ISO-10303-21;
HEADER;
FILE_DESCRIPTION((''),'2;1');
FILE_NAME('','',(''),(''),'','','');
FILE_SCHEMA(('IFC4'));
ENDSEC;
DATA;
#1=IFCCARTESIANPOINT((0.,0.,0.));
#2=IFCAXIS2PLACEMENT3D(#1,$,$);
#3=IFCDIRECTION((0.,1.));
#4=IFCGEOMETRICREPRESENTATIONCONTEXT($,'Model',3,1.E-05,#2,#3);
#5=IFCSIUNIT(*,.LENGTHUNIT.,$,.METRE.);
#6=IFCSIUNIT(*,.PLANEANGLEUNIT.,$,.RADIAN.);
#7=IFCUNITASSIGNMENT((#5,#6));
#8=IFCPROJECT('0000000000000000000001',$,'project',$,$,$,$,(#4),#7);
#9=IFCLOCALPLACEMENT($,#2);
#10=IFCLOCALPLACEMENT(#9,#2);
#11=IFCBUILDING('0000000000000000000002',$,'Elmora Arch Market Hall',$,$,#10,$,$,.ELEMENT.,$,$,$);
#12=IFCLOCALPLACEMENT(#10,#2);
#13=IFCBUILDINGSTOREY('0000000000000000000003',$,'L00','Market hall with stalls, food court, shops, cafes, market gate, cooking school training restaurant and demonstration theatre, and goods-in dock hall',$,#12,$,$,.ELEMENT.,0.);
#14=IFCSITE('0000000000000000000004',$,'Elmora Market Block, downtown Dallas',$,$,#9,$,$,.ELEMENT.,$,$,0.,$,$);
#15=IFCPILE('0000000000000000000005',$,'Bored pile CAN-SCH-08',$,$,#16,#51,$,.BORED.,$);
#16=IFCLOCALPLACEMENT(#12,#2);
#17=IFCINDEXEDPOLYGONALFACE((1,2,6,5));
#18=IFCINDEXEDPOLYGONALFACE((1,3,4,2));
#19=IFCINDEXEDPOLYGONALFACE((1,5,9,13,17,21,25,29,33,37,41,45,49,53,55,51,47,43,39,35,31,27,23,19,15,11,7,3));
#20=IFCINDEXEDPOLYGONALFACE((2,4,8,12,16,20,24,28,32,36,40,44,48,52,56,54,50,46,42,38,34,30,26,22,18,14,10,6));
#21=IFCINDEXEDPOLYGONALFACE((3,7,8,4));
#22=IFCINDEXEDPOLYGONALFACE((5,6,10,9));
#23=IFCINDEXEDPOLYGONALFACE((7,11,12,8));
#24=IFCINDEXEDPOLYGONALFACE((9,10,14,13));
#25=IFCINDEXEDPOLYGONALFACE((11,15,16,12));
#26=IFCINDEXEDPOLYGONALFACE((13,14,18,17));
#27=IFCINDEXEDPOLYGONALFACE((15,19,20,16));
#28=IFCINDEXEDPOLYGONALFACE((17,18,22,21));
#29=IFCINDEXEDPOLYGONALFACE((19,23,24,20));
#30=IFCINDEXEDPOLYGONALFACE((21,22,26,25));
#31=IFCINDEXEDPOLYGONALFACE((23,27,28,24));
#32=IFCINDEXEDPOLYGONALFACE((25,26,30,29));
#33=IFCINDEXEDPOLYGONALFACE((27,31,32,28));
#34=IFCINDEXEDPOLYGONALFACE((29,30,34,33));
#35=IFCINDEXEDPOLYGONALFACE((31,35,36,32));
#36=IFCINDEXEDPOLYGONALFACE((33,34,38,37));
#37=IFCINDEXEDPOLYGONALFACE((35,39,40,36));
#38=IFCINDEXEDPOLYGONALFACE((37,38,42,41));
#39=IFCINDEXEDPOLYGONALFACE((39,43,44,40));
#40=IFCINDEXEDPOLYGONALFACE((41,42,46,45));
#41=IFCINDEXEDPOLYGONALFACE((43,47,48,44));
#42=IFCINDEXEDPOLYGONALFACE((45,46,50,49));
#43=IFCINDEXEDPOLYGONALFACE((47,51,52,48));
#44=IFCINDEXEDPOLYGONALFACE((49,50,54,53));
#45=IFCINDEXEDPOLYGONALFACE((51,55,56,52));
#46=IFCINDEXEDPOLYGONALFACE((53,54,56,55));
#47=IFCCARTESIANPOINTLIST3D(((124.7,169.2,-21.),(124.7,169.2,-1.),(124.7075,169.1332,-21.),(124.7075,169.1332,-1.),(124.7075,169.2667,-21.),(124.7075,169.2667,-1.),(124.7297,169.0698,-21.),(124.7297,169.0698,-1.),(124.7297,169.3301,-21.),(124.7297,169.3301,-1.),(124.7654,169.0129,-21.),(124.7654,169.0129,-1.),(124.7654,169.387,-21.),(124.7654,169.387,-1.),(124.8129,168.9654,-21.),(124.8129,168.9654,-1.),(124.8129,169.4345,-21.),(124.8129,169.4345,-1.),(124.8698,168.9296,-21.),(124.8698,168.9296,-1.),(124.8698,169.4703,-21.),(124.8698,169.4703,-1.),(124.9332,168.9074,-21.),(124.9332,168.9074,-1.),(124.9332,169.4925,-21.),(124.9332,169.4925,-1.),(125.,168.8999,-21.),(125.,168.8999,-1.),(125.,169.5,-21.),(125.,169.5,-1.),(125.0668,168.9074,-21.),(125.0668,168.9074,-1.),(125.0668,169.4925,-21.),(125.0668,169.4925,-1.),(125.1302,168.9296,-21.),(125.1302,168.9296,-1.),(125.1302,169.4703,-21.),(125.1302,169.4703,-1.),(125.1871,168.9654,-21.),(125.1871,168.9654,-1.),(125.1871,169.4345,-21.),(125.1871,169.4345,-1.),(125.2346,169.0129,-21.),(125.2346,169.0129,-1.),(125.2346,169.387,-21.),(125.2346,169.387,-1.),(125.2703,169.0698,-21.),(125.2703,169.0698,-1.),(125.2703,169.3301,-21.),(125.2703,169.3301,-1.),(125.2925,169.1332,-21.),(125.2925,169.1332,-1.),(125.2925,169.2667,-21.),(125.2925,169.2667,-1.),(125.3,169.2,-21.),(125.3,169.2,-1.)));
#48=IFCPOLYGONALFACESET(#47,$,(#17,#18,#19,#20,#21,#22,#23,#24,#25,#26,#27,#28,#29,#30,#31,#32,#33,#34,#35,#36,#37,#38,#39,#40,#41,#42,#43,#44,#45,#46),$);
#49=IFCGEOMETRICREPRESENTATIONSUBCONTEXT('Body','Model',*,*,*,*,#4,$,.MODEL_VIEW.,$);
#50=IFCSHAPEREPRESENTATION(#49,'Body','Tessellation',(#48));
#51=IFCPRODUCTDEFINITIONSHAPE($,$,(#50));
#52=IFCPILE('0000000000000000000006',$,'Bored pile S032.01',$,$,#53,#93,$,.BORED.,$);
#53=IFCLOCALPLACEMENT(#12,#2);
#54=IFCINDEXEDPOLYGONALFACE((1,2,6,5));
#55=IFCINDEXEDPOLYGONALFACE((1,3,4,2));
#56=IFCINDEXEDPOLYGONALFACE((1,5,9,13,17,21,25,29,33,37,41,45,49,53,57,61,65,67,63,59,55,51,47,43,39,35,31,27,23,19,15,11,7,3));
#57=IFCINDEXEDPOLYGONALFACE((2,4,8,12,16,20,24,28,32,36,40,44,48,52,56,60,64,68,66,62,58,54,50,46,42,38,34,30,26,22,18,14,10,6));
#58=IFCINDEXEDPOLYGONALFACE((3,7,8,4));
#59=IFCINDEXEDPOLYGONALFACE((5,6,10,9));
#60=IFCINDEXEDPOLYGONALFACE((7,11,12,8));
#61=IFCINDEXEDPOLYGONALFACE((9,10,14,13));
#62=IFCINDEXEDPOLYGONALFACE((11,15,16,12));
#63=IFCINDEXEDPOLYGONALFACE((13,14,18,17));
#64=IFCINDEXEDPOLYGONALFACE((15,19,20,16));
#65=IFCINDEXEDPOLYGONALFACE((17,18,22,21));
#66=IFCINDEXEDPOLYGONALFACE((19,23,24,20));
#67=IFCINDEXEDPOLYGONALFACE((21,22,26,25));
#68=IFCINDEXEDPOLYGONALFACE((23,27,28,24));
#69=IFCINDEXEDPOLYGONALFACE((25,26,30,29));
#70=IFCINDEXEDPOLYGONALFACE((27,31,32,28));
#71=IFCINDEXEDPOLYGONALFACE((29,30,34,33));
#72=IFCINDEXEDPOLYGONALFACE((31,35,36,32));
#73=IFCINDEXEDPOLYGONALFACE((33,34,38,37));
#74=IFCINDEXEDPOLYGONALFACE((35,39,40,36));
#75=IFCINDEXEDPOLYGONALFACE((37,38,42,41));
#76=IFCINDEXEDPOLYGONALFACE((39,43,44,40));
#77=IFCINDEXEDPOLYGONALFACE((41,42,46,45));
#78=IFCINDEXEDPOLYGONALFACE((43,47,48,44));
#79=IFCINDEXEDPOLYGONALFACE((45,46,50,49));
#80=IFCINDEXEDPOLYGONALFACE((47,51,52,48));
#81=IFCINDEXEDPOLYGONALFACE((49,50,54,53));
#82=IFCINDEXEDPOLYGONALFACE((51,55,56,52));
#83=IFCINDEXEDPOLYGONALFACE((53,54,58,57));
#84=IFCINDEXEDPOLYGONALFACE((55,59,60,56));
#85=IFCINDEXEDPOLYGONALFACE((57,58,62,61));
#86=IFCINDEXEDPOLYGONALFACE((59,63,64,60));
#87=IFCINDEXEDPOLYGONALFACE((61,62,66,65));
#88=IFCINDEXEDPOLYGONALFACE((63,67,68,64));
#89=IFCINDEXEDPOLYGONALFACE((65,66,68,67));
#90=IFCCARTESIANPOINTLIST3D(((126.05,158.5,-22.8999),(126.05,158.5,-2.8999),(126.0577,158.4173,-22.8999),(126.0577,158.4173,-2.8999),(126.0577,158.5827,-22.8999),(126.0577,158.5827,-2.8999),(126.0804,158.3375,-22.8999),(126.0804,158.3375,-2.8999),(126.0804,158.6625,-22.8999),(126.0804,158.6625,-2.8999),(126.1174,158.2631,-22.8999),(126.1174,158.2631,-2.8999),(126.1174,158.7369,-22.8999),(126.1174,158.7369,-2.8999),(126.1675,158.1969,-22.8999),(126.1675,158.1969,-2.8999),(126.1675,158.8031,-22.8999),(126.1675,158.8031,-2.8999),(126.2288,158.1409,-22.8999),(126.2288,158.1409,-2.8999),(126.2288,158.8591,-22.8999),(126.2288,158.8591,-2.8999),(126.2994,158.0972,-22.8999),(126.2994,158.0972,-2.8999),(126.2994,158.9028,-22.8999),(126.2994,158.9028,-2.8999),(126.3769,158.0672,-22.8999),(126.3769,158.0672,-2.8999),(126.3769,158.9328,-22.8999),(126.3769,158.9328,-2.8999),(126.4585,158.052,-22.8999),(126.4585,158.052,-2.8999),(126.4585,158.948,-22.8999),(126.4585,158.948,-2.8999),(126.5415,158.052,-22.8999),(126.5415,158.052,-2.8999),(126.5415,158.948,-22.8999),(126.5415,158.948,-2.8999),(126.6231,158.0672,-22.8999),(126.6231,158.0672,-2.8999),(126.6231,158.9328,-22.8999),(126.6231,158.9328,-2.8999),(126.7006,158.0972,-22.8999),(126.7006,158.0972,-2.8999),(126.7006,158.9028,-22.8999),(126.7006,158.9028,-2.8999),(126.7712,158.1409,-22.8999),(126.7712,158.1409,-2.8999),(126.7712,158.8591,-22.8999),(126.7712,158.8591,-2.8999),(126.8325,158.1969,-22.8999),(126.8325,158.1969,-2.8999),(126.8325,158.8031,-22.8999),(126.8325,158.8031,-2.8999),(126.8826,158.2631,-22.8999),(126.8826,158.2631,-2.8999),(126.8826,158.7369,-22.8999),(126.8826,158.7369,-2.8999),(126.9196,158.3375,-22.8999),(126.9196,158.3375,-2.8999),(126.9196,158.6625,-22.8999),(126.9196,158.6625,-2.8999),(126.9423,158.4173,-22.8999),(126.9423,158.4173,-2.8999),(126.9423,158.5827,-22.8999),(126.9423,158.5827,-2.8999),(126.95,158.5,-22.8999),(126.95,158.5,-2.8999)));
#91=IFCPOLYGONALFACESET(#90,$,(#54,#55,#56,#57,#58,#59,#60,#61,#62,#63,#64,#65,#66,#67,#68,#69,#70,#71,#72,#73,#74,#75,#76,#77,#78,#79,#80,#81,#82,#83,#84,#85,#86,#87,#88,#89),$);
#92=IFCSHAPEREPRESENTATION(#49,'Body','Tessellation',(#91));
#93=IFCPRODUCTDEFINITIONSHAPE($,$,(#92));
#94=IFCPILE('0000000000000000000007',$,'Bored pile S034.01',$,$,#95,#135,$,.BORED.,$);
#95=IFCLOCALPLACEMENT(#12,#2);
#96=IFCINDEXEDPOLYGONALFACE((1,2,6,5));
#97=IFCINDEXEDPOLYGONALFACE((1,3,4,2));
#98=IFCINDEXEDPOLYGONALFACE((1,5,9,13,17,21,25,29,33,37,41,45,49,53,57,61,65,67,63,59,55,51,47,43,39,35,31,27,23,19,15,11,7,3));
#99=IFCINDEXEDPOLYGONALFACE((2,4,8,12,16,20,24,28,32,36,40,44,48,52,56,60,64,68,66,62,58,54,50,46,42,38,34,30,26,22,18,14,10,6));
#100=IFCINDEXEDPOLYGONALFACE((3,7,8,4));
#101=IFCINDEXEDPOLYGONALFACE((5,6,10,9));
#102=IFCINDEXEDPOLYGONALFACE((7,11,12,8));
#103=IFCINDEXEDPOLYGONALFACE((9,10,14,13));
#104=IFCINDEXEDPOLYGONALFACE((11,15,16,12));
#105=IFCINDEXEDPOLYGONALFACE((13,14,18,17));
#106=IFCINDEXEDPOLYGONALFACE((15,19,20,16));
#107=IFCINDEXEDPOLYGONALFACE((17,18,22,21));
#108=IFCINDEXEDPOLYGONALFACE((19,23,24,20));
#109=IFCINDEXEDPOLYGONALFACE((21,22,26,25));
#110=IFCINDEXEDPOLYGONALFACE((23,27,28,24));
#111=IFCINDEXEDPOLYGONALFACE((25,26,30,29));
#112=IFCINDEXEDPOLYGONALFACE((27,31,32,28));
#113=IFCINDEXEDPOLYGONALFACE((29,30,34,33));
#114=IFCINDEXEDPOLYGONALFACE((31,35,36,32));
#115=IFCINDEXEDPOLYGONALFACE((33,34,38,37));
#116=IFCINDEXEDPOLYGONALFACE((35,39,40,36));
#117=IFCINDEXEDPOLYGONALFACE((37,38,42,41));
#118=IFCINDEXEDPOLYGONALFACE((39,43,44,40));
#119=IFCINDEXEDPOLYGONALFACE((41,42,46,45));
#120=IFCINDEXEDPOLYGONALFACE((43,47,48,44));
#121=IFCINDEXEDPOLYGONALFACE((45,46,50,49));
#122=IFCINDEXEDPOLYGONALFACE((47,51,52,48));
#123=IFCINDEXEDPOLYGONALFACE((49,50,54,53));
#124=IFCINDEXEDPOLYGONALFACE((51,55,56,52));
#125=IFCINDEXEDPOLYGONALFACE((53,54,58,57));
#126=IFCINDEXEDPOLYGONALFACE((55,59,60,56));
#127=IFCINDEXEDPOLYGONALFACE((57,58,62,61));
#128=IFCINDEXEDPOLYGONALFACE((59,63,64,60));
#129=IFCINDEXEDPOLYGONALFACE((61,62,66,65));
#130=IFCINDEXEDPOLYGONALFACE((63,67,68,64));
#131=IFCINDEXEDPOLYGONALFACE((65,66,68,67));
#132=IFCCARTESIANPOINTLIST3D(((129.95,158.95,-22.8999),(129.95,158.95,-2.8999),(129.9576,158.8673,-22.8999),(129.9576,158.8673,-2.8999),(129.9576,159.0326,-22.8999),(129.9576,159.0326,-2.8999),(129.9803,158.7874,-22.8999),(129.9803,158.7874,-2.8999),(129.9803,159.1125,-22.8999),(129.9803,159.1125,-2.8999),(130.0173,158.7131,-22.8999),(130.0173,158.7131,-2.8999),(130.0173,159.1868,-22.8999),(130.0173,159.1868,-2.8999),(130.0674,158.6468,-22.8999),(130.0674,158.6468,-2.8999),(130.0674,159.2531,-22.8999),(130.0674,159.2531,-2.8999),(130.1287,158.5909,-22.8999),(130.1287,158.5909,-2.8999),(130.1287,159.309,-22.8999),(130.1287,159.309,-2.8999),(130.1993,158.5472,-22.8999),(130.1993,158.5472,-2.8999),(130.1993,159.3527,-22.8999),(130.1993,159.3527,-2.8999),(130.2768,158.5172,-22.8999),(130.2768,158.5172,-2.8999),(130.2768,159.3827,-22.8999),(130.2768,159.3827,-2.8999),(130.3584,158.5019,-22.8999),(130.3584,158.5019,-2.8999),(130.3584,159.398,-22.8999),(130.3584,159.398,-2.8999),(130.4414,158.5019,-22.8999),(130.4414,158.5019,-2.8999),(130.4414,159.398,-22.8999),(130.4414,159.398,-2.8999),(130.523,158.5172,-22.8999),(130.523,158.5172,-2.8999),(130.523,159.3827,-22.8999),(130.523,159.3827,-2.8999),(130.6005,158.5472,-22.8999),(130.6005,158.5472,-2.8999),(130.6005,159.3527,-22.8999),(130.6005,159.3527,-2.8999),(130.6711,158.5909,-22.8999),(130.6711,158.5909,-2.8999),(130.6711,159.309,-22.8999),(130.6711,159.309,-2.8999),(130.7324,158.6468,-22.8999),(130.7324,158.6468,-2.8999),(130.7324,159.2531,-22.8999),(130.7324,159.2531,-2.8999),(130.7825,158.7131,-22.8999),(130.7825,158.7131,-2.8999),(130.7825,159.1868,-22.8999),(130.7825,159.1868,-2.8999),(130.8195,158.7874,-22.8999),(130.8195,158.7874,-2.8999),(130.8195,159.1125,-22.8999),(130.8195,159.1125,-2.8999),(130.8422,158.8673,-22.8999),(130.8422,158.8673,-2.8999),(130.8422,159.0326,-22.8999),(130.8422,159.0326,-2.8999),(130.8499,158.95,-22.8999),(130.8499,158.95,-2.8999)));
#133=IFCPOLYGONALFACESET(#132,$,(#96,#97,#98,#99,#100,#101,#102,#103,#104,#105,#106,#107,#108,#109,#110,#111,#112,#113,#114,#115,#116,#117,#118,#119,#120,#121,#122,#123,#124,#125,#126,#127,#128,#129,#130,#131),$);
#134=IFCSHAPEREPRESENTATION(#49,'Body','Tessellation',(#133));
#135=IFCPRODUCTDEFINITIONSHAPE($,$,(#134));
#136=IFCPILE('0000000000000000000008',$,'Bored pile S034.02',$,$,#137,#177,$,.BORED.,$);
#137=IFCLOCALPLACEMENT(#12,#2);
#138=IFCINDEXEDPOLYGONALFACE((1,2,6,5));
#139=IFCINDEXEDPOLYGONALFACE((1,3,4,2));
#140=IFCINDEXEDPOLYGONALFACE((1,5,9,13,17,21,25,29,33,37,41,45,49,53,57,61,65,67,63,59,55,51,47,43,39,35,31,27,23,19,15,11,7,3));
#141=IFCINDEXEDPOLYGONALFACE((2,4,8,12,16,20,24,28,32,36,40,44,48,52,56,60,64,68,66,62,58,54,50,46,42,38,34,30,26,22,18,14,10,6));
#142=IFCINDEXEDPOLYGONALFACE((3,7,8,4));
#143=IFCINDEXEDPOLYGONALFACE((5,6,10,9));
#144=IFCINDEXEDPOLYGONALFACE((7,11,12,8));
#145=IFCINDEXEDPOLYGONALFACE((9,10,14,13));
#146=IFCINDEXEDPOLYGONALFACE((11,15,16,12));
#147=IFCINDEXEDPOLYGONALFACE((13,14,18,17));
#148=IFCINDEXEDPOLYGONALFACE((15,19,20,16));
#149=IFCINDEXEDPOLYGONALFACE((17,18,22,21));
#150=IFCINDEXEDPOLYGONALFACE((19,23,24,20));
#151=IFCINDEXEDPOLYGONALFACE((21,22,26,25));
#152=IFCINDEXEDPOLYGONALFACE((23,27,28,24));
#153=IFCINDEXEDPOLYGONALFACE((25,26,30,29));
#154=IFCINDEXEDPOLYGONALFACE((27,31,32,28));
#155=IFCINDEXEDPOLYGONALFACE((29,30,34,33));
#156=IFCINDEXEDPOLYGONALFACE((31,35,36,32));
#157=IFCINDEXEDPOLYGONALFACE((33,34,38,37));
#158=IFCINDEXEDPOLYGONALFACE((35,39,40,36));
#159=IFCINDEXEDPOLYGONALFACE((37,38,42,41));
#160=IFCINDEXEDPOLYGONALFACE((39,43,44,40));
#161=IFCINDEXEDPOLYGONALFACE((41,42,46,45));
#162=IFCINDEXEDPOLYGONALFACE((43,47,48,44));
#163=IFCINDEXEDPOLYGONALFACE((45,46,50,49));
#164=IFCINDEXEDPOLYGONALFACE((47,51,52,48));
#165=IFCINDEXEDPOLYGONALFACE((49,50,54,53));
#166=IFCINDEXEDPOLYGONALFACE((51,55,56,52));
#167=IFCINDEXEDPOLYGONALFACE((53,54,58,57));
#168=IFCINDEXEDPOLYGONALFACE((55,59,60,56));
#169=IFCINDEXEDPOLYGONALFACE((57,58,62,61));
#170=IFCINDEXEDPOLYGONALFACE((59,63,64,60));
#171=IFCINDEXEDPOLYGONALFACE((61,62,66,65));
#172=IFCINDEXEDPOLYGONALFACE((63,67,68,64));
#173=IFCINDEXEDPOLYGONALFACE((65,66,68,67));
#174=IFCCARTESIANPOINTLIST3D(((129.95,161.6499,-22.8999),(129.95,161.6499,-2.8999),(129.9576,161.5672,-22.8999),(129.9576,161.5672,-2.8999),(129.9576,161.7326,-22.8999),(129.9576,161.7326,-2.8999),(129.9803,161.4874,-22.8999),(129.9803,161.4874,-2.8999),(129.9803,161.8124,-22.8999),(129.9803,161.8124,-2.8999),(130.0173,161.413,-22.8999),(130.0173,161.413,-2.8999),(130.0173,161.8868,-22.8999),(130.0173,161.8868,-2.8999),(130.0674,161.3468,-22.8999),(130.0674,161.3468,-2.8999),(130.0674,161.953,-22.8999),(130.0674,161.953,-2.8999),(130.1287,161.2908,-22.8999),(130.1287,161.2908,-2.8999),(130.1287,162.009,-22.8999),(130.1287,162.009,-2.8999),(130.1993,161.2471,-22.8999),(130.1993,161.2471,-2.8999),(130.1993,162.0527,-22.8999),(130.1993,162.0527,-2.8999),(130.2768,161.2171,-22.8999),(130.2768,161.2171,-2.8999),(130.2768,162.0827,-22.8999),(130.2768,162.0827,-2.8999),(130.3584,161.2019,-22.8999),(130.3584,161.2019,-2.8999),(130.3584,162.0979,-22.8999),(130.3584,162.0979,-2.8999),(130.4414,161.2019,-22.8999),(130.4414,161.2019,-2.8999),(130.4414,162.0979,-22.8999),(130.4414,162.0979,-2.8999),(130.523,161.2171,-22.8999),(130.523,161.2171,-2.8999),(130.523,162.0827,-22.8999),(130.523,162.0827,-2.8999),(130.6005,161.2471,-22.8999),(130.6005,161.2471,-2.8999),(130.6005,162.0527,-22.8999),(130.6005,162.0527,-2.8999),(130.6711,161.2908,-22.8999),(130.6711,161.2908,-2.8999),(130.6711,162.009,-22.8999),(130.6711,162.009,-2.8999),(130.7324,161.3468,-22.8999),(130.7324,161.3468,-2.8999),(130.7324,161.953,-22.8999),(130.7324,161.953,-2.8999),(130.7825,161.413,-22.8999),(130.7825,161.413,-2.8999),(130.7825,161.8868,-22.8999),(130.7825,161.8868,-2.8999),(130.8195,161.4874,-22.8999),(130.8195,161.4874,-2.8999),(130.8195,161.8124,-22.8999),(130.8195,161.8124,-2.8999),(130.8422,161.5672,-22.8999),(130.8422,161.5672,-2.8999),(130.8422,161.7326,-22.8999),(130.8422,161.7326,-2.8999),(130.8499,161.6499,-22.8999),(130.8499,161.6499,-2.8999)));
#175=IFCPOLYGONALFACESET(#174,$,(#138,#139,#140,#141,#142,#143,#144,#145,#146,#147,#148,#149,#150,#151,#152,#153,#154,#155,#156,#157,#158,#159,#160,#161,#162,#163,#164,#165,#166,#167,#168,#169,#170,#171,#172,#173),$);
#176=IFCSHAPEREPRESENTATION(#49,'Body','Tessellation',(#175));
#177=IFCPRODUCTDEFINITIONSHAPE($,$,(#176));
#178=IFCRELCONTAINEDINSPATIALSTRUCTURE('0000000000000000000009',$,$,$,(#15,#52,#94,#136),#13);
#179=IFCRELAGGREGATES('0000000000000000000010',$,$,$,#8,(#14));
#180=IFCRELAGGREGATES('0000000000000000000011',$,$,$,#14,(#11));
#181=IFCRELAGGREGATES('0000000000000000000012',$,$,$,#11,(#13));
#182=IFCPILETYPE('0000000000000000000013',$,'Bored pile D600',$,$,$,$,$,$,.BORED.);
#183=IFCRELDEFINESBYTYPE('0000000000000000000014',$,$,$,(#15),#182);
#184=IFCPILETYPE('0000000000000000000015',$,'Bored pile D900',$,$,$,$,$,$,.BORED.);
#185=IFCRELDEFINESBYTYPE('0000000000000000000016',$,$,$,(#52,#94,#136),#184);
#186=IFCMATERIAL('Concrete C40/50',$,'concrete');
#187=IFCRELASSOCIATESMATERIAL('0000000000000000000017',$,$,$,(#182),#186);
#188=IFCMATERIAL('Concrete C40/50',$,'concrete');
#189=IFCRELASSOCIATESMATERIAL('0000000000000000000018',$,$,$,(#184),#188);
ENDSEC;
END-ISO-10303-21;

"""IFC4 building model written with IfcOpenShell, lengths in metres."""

from ifc_helpers import new_model, si_unit, direction, frame, origin, origin_2d, place, context, subcontext, project, spatial, circle, extrude, material, material_profile, profile_set, type_object, element, save


model = new_model("IFC4")

# Units and contexts
model_context = context("Model", 3, precision=1e-05, world=origin(), true_north=direction((0.0, 1.0)))
body_context = subcontext(model_context, "Body", "Model", "MODEL_VIEW")
ifc_project = project(units=[si_unit("LENGTHUNIT", "METRE"), si_unit("PLANEANGLEUNIT", "RADIAN")], contexts=[model_context])

# Site, building, storey
site_placement = place(None, origin())
site = spatial("IfcSite", under=ifc_project, at=site_placement, Name="Elmora Market Block, downtown Dallas", CompositionType="ELEMENT", RefElevation=0.0)
building_placement = place(site_placement, origin())
building = spatial("IfcBuilding", under=site, at=building_placement, Name="Elmora Arch Market Hall", CompositionType="ELEMENT")
storey_placement = place(building_placement, origin())
storey = spatial("IfcBuildingStorey", under=building, at=storey_placement, Name="L00", Description="Market hall with stalls, food court, shops, cafes, market gate, cooking school training restaurant and demonstration theatre, and goods-in dock hall", CompositionType="ELEMENT", Elevation=0.0)

# Piles
ifc_material_1 = material(Name="Concrete C40/50", Category="concrete")
ifc_material_profile_1 = material_profile(ifc_material_1, circle(Radius=0.3, at=origin_2d()), Name="Bored pile D600")
ifc_profile_set_1 = profile_set([ifc_material_profile_1], Name="Concrete C40/50")
pile_type_1 = type_object("IfcPileType", Name="Bored pile D600", PredefinedType="BORED", material=ifc_profile_set_1)
pile_placement = place(storey_placement, frame((125.0, 169.2, -1.0), z_axis=(0.0, 0.0, -1.0), x_axis=(1.0, 0.0, 0.0)))
element("IfcPile", 1, at=pile_placement, inside=storey, type_object=pile_type_1, Name="Bored pile CAN-SCH-08", PredefinedType="BORED", context=body_context, shape_type="SweptSolid", body=[
    extrude(circle(Radius=0.3, at=origin_2d()), origin(), (0.0, 0.0, 1.0), 20.0),
])
ifc_material_2 = material(Name="Concrete C40/50", Category="concrete")
ifc_material_profile_2 = material_profile(ifc_material_2, circle(Radius=0.45, at=origin_2d()), Name="Bored pile D900")
ifc_profile_set_2 = profile_set([ifc_material_profile_2], Name="Concrete C40/50")
pile_type_2 = type_object("IfcPileType", Name="Bored pile D900", PredefinedType="BORED", material=ifc_profile_set_2)
for number, where, z_axis, x_axis, name in (
    (2, (126.5, 158.5, -2.8999), (0.0, 0.0, -1.0), (1.0, 0.0, 0.0), "Bored pile S032.01"),
    (3, (130.3999, 158.95, -2.8999), (0.0, 0.0, -1.0), (1.0, 0.0, 0.0), "Bored pile S034.01"),
    (4, (130.3999, 161.6499, -2.8999), (0.0, 0.0, -1.0), (1.0, 0.0, 0.0), "Bored pile S034.02"),
):
    element("IfcPile", number, at=place(storey_placement, frame(where, z_axis=z_axis, x_axis=x_axis)), inside=storey, type_object=pile_type_2, Name=name, PredefinedType="BORED", context=body_context, shape_type="SweptSolid", body=[
        extrude(circle(Radius=0.45, at=origin_2d()), origin(), (0.0, 0.0, 1.0), 20.0),
    ])

save(model, "model.ifc")
